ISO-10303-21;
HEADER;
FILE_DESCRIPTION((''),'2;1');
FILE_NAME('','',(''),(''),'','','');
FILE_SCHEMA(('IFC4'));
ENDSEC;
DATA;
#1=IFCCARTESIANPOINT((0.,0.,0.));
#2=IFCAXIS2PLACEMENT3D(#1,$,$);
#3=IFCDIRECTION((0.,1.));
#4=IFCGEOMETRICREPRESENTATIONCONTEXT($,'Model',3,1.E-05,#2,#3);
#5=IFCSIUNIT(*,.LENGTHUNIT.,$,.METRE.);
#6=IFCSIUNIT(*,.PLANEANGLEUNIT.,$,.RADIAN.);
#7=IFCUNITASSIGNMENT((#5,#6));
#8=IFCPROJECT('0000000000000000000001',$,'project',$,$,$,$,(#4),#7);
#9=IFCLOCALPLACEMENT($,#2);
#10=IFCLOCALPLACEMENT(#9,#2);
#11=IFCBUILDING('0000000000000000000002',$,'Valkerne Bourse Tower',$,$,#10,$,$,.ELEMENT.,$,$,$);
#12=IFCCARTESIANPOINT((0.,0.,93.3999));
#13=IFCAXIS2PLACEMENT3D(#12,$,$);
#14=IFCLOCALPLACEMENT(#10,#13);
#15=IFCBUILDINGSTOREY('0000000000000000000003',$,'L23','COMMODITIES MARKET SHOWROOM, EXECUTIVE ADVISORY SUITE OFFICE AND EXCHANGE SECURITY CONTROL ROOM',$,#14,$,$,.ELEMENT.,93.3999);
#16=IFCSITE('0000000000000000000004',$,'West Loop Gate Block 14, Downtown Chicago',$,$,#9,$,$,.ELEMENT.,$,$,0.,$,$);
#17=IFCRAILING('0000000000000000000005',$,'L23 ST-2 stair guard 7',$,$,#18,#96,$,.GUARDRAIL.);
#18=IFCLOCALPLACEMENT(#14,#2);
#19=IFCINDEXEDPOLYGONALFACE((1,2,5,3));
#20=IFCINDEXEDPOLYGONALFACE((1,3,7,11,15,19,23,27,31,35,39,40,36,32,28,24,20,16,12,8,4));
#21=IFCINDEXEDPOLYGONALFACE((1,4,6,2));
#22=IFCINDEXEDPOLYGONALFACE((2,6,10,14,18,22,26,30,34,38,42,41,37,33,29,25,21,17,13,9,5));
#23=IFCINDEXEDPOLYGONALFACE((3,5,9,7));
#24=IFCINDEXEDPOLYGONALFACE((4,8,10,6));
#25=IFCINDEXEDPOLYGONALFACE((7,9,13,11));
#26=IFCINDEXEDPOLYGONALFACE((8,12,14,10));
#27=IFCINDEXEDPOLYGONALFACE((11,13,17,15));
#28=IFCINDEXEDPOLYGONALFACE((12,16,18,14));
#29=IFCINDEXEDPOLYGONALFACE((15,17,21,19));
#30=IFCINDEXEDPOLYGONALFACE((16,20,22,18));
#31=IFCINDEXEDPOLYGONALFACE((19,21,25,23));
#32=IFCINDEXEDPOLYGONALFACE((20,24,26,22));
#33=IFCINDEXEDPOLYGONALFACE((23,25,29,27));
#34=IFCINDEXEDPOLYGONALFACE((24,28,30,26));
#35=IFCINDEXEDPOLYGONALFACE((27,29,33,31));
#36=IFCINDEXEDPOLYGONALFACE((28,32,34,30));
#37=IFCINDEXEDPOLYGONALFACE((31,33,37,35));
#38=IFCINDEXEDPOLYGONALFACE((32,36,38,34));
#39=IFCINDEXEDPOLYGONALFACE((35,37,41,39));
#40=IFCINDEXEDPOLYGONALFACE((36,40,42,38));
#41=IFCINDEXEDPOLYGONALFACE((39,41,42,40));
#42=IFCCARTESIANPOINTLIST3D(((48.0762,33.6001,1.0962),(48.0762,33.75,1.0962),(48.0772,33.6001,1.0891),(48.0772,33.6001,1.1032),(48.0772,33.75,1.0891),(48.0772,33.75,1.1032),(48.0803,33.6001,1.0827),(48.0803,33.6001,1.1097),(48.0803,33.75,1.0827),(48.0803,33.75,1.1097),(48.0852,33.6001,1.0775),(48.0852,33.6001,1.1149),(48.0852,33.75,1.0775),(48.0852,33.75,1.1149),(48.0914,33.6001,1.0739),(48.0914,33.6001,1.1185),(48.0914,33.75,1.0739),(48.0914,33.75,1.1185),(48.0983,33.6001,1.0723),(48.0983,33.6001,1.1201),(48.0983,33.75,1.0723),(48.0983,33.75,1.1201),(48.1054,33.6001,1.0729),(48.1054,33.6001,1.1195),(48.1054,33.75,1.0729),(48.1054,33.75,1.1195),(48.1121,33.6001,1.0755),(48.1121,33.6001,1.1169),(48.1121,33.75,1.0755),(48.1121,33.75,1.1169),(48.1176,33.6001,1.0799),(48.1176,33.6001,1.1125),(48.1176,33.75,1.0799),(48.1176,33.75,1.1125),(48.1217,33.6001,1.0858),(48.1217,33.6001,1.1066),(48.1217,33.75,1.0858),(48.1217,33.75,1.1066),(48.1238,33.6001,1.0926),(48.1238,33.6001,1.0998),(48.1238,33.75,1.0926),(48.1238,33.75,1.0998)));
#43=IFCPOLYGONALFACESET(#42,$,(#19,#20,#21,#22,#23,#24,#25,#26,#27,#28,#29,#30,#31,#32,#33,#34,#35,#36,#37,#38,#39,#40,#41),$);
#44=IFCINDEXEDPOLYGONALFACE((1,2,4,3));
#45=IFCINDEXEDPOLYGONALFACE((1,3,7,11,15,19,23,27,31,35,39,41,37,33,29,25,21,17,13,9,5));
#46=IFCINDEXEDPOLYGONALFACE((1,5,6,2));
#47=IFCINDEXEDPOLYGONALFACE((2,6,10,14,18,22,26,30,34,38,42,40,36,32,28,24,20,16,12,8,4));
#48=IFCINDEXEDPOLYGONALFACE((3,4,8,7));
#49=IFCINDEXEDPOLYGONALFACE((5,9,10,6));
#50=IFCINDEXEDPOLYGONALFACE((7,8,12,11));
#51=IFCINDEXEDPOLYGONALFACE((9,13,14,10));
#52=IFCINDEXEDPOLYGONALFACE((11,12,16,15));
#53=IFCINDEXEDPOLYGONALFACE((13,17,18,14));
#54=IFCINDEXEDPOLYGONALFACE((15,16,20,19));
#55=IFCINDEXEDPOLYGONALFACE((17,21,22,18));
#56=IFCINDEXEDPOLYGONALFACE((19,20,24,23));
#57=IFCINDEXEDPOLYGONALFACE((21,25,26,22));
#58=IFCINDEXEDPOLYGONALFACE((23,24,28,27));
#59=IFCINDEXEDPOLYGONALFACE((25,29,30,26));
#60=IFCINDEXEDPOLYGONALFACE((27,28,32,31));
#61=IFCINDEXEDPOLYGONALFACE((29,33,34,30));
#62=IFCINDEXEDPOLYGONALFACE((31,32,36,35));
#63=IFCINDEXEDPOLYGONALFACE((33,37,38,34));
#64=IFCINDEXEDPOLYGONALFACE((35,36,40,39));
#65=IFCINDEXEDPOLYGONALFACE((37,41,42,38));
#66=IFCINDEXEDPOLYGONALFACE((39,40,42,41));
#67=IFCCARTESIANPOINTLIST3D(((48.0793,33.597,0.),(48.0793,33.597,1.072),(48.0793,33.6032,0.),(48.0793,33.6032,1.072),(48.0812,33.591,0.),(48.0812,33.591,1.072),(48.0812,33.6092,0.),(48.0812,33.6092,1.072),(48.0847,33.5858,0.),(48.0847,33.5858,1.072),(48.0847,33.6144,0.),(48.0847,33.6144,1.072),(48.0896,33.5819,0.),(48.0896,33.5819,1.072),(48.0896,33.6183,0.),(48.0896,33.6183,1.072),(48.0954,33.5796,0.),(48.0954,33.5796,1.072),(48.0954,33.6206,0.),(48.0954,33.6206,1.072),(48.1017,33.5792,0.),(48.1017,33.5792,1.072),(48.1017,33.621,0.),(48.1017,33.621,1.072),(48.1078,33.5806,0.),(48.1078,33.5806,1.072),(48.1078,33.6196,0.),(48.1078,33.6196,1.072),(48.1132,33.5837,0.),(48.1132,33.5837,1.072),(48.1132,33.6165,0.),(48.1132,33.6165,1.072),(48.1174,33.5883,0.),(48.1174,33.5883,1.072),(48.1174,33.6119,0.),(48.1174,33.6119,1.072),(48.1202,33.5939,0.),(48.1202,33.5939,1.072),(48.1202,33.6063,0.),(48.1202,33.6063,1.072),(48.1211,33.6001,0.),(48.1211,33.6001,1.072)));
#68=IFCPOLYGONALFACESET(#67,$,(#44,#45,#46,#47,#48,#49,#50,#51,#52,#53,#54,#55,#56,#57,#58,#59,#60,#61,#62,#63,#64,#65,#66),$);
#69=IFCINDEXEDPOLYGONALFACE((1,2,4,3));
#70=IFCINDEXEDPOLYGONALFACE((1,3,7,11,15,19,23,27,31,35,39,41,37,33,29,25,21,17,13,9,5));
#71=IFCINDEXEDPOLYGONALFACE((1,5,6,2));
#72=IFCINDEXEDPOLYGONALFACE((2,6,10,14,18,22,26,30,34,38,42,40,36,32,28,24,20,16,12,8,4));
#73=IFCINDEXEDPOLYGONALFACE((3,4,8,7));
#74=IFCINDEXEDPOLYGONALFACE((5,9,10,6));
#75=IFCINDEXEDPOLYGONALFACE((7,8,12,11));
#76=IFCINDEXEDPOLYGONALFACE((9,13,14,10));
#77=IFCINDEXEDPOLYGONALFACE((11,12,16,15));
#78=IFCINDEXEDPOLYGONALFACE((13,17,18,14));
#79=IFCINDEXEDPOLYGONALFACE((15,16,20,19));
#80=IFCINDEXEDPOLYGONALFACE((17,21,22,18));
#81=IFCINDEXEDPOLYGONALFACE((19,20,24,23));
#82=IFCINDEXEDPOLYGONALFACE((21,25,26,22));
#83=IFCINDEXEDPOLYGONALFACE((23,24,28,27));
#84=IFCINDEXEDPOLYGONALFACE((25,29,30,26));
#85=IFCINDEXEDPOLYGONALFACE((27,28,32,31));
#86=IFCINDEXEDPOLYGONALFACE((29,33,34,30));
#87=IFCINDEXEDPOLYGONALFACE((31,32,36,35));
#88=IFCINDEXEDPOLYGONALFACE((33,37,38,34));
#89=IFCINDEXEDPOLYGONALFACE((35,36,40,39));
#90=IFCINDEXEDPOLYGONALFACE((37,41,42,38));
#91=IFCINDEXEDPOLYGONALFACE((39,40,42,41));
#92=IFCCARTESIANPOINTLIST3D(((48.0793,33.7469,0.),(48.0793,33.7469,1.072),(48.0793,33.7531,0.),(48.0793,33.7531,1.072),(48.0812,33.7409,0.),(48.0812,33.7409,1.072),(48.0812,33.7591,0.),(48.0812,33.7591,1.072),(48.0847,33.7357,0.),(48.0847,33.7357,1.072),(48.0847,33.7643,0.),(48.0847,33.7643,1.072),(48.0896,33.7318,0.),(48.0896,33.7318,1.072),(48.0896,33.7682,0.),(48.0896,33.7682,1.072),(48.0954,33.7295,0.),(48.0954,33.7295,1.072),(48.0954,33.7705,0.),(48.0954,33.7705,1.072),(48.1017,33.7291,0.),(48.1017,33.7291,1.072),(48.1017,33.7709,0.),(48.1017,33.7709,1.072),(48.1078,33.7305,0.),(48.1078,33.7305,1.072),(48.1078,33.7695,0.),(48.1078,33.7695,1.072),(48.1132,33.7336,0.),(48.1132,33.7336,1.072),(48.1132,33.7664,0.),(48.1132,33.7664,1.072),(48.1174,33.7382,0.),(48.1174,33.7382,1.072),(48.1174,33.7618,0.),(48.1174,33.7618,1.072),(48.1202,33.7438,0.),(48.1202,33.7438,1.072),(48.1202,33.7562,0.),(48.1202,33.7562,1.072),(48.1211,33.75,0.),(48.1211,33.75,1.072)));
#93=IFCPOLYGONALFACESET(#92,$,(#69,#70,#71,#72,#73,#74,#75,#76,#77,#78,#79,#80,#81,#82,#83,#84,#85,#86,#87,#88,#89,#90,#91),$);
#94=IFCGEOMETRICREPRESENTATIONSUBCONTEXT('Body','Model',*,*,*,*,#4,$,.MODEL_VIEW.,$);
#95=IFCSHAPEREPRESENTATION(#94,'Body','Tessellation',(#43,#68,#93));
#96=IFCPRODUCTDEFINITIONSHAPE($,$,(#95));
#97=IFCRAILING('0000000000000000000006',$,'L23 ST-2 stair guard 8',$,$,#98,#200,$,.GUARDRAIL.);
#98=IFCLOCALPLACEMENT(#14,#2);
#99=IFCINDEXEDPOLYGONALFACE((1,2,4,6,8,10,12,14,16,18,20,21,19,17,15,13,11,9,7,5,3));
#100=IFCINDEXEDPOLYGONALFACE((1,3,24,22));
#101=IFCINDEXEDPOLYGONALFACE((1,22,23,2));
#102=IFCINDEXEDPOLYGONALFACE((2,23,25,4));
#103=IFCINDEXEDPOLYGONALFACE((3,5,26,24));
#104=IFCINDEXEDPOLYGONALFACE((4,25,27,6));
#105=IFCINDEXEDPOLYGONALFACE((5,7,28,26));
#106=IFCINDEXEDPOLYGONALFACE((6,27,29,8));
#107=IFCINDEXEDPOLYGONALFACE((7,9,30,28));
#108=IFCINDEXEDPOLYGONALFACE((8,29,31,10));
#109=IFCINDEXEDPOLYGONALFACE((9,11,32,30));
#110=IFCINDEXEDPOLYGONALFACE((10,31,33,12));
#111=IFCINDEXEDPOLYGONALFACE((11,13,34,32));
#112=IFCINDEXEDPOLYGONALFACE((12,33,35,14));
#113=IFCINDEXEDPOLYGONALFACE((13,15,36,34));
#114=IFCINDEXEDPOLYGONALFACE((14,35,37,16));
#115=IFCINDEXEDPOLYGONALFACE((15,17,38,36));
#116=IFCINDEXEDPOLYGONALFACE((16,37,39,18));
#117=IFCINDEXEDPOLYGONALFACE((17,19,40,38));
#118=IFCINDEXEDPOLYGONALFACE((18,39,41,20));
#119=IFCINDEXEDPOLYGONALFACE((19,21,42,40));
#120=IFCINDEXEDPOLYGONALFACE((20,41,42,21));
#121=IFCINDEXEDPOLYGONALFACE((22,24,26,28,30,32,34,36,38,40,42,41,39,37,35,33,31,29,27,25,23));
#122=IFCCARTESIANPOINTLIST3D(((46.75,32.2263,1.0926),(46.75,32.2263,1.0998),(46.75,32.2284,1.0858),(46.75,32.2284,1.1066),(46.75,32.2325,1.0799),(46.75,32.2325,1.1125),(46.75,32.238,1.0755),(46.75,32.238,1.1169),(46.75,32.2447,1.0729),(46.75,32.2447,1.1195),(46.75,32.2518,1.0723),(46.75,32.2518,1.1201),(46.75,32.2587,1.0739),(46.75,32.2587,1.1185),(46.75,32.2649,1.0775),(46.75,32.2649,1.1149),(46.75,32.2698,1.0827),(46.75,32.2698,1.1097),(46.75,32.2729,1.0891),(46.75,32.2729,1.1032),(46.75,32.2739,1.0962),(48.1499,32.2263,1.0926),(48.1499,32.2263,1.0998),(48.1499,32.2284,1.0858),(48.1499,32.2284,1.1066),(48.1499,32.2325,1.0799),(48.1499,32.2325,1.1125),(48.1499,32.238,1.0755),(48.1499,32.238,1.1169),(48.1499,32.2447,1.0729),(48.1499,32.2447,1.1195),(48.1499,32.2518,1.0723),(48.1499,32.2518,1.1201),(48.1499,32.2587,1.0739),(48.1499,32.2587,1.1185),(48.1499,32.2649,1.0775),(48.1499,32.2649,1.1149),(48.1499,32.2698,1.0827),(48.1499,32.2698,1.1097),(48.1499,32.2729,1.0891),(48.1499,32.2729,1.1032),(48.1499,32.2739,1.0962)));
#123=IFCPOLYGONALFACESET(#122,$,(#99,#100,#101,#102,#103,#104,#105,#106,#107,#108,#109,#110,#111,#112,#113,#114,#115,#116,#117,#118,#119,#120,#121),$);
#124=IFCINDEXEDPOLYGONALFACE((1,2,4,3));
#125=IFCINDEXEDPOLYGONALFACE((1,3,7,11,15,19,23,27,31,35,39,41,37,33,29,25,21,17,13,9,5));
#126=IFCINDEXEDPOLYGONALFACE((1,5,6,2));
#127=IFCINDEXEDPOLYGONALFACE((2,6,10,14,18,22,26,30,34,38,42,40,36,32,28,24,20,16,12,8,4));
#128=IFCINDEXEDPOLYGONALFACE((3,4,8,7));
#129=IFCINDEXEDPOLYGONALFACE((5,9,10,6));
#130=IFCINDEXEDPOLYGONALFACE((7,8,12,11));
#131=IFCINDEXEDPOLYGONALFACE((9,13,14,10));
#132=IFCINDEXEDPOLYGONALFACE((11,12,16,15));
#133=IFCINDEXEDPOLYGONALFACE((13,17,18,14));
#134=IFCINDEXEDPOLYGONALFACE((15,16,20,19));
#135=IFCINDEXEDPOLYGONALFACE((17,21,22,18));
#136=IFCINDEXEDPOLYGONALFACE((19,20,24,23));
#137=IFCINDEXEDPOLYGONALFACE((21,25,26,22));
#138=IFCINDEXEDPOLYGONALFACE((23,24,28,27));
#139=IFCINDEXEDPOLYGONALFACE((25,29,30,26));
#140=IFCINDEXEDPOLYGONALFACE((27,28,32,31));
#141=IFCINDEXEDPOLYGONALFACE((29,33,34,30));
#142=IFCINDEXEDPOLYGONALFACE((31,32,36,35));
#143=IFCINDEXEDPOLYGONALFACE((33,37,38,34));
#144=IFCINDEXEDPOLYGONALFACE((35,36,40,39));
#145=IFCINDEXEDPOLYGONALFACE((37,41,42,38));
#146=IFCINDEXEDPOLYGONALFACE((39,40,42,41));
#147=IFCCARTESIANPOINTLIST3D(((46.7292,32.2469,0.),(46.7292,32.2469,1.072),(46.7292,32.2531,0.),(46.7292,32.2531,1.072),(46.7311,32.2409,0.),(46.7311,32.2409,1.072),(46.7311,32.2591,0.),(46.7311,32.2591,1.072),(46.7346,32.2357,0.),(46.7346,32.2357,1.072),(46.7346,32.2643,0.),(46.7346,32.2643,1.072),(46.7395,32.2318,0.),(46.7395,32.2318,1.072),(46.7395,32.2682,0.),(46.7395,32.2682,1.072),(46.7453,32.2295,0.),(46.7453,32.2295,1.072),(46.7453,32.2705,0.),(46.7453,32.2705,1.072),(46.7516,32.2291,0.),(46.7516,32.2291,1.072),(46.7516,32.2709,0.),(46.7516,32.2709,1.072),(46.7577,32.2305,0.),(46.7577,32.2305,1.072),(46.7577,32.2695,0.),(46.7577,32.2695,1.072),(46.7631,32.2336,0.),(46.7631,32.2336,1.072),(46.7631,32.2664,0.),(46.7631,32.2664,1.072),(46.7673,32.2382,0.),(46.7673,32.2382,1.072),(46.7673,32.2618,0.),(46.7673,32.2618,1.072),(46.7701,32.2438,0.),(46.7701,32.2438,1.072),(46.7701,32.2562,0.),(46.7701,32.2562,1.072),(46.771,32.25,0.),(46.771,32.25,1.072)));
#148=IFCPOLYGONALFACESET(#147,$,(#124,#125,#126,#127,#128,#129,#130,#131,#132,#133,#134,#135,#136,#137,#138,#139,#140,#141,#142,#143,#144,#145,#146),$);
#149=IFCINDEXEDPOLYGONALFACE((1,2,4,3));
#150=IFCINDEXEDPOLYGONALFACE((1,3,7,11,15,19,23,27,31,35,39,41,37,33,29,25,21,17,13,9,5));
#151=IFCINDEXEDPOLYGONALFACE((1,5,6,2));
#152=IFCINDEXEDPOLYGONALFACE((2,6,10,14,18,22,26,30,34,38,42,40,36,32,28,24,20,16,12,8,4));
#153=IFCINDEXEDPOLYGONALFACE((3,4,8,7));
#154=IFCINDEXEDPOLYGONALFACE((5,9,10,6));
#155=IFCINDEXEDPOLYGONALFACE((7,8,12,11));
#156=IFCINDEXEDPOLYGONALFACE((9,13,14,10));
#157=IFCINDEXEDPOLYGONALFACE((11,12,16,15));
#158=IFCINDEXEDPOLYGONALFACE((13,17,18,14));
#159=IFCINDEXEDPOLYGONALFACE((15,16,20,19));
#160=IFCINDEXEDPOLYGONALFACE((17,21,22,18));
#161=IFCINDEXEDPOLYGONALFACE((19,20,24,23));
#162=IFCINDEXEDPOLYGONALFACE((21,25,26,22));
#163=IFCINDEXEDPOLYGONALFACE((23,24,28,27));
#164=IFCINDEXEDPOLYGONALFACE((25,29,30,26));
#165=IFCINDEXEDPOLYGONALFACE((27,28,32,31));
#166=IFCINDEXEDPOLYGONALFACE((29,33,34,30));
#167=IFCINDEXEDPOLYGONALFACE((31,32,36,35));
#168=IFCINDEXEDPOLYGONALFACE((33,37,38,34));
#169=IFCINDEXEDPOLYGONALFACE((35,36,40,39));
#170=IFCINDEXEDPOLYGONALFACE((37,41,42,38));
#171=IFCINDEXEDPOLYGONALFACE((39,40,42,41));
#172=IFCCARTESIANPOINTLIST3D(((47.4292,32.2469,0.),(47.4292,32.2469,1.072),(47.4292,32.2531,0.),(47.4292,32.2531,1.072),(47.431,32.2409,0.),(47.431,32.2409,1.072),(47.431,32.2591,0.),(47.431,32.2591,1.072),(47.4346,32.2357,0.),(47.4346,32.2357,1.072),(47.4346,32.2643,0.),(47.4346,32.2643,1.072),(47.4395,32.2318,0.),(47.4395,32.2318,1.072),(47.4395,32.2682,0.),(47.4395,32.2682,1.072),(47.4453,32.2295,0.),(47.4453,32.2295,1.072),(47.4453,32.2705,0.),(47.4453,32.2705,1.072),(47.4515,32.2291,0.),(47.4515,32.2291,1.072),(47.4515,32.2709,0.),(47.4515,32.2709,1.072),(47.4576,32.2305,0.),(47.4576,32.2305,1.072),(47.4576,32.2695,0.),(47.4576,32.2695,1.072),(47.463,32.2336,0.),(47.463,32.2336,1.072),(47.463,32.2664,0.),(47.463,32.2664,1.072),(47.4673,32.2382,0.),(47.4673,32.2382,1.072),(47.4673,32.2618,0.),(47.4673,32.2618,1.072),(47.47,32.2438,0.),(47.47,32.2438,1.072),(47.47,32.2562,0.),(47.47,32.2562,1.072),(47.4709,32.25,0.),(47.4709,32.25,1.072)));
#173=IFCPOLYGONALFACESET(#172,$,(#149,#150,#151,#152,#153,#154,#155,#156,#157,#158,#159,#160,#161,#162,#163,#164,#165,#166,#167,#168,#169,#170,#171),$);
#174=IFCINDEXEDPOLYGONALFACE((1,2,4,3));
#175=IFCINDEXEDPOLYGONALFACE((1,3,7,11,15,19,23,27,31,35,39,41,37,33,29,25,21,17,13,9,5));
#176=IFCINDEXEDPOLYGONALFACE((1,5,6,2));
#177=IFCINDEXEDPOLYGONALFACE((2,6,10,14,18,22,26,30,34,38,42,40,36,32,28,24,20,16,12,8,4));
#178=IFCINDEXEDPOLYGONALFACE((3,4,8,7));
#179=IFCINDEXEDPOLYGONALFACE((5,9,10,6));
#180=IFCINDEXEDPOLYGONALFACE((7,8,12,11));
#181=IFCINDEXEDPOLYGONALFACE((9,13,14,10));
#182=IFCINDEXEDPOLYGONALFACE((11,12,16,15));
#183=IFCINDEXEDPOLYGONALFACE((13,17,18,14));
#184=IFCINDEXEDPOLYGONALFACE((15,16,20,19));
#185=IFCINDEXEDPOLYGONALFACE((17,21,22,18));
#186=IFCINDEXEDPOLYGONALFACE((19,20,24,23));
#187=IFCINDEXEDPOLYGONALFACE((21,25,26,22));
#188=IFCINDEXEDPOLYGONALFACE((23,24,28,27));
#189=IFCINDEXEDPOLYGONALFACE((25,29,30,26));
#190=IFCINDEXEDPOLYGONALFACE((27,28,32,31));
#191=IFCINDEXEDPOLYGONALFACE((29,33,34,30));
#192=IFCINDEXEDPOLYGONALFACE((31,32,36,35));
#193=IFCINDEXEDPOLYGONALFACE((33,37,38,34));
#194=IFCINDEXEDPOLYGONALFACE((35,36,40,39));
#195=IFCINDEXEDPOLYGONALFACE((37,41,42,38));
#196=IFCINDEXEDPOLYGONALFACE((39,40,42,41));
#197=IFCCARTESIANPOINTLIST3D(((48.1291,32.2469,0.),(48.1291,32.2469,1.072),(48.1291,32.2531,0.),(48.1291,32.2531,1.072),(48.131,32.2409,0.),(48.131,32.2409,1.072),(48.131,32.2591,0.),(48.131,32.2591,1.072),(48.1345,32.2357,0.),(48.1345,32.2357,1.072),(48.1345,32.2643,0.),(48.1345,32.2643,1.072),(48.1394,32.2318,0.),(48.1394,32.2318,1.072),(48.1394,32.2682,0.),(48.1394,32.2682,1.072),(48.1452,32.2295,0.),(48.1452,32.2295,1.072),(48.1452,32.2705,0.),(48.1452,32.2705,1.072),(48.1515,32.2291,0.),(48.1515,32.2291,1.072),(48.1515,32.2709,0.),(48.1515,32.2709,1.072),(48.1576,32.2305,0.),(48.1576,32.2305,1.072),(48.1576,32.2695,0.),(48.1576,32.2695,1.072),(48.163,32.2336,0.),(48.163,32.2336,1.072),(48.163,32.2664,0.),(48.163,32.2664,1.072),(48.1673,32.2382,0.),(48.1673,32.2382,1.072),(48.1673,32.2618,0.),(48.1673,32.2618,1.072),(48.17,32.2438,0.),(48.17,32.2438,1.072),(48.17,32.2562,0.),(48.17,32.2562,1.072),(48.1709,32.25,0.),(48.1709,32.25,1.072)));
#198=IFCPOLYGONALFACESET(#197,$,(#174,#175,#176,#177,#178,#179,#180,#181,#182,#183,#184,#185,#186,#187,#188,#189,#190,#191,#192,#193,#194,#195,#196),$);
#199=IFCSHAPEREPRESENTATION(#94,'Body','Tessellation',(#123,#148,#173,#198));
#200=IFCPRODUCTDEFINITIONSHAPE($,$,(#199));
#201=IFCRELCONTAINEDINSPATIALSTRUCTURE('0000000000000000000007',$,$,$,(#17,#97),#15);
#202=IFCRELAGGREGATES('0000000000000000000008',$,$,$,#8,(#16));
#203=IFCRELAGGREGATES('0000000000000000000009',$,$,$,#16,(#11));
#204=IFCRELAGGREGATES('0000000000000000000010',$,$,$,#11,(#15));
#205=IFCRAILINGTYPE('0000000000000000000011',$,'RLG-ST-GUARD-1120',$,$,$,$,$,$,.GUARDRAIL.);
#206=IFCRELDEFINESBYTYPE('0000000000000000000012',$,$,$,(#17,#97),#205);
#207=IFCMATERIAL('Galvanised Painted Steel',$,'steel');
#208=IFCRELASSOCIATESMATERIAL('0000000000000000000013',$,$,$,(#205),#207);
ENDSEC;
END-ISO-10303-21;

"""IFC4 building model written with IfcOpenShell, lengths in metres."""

from ifc_helpers import new_model, si_unit, direction, frame, origin, origin_2d, place, context, subcontext, project, spatial, circle, extrude, material, type_object, element, save


model = new_model("IFC4")

# Units and contexts
model_context = context("Model", 3, precision=1e-05, world=origin(), true_north=direction((0.0, 1.0)))
body_context = subcontext(model_context, "Body", "Model", "MODEL_VIEW")
ifc_project = project(units=[si_unit("LENGTHUNIT", "METRE"), si_unit("PLANEANGLEUNIT", "RADIAN")], contexts=[model_context])

# Site, building, storey
site_placement = place(None, origin())
site = spatial("IfcSite", under=ifc_project, at=site_placement, Name="West Loop Gate Block 14, Downtown Chicago", CompositionType="ELEMENT", RefElevation=0.0)
building_placement = place(site_placement, origin())
building = spatial("IfcBuilding", under=site, at=building_placement, Name="Valkerne Bourse Tower", CompositionType="ELEMENT")
storey_placement = place(building_placement, frame((0.0, 0.0, 93.3999)))
storey = spatial("IfcBuildingStorey", under=building, at=storey_placement, Name="L23", Description="COMMODITIES MARKET SHOWROOM, EXECUTIVE ADVISORY SUITE OFFICE AND EXCHANGE SECURITY CONTROL ROOM", CompositionType="ELEMENT", Elevation=93.3999)

# Shared definitions
ifc_material_1 = material(Name="Galvanised Painted Steel", Category="steel")

# Railings
railing_type_1 = type_object("IfcRailingType", Name="RLG-ST-GUARD-1120", PredefinedType="GUARDRAIL", material=ifc_material_1)
railing_1_placement = place(storey_placement, frame((48.1001, 33.6001, 0.0)))
element("IfcRailing", 1, at=railing_1_placement, inside=storey, type_object=railing_type_1, Name="L23 ST-2 stair guard 7", PredefinedType="GUARDRAIL", context=body_context, shape_type="SweptSolid", body=[
    extrude(circle(Radius=0.0239, at=origin_2d()), frame((0.0, 0.0, 1.0962), z_axis=(0.0, 1.0, 0.0), x_axis=(-1.0, 0.0, 0.0)), (0.0, 0.0, 1.0), 0.1499),
    extrude(circle(Radius=0.021, at=origin_2d()), origin(), (0.0, 0.0, 1.0), 1.072),
    extrude(circle(Radius=0.021, at=origin_2d()), frame((0.0, 0.1499, 0.0)), (0.0, 0.0, 1.0), 1.072),
])
for number, where, name in (
    (2, (46.75, 32.25, 0.0), "L23 ST-2 stair guard 8"),
):
    element("IfcRailing", number, at=place(storey_placement, frame(where)), inside=storey, type_object=railing_type_1, Name=name, PredefinedType="GUARDRAIL", context=body_context, shape_type="SweptSolid", body=[
        extrude(circle(Radius=0.0239, at=origin_2d()), frame((0.0, 0.0, 1.0962), z_axis=(1.0, 0.0, 0.0), x_axis=(0.0, 1.0, 0.0)), (0.0, 0.0, 1.0), 1.3999),
        extrude(circle(Radius=0.021, at=origin_2d()), origin(), (0.0, 0.0, 1.0), 1.072),
        extrude(circle(Radius=0.021, at=origin_2d()), frame((0.7, 0.0, 0.0)), (0.0, 0.0, 1.0), 1.072),
        extrude(circle(Radius=0.021, at=origin_2d()), frame((1.3999, 0.0, 0.0)), (0.0, 0.0, 1.0), 1.072),
    ])

save(model, "model.ifc")
